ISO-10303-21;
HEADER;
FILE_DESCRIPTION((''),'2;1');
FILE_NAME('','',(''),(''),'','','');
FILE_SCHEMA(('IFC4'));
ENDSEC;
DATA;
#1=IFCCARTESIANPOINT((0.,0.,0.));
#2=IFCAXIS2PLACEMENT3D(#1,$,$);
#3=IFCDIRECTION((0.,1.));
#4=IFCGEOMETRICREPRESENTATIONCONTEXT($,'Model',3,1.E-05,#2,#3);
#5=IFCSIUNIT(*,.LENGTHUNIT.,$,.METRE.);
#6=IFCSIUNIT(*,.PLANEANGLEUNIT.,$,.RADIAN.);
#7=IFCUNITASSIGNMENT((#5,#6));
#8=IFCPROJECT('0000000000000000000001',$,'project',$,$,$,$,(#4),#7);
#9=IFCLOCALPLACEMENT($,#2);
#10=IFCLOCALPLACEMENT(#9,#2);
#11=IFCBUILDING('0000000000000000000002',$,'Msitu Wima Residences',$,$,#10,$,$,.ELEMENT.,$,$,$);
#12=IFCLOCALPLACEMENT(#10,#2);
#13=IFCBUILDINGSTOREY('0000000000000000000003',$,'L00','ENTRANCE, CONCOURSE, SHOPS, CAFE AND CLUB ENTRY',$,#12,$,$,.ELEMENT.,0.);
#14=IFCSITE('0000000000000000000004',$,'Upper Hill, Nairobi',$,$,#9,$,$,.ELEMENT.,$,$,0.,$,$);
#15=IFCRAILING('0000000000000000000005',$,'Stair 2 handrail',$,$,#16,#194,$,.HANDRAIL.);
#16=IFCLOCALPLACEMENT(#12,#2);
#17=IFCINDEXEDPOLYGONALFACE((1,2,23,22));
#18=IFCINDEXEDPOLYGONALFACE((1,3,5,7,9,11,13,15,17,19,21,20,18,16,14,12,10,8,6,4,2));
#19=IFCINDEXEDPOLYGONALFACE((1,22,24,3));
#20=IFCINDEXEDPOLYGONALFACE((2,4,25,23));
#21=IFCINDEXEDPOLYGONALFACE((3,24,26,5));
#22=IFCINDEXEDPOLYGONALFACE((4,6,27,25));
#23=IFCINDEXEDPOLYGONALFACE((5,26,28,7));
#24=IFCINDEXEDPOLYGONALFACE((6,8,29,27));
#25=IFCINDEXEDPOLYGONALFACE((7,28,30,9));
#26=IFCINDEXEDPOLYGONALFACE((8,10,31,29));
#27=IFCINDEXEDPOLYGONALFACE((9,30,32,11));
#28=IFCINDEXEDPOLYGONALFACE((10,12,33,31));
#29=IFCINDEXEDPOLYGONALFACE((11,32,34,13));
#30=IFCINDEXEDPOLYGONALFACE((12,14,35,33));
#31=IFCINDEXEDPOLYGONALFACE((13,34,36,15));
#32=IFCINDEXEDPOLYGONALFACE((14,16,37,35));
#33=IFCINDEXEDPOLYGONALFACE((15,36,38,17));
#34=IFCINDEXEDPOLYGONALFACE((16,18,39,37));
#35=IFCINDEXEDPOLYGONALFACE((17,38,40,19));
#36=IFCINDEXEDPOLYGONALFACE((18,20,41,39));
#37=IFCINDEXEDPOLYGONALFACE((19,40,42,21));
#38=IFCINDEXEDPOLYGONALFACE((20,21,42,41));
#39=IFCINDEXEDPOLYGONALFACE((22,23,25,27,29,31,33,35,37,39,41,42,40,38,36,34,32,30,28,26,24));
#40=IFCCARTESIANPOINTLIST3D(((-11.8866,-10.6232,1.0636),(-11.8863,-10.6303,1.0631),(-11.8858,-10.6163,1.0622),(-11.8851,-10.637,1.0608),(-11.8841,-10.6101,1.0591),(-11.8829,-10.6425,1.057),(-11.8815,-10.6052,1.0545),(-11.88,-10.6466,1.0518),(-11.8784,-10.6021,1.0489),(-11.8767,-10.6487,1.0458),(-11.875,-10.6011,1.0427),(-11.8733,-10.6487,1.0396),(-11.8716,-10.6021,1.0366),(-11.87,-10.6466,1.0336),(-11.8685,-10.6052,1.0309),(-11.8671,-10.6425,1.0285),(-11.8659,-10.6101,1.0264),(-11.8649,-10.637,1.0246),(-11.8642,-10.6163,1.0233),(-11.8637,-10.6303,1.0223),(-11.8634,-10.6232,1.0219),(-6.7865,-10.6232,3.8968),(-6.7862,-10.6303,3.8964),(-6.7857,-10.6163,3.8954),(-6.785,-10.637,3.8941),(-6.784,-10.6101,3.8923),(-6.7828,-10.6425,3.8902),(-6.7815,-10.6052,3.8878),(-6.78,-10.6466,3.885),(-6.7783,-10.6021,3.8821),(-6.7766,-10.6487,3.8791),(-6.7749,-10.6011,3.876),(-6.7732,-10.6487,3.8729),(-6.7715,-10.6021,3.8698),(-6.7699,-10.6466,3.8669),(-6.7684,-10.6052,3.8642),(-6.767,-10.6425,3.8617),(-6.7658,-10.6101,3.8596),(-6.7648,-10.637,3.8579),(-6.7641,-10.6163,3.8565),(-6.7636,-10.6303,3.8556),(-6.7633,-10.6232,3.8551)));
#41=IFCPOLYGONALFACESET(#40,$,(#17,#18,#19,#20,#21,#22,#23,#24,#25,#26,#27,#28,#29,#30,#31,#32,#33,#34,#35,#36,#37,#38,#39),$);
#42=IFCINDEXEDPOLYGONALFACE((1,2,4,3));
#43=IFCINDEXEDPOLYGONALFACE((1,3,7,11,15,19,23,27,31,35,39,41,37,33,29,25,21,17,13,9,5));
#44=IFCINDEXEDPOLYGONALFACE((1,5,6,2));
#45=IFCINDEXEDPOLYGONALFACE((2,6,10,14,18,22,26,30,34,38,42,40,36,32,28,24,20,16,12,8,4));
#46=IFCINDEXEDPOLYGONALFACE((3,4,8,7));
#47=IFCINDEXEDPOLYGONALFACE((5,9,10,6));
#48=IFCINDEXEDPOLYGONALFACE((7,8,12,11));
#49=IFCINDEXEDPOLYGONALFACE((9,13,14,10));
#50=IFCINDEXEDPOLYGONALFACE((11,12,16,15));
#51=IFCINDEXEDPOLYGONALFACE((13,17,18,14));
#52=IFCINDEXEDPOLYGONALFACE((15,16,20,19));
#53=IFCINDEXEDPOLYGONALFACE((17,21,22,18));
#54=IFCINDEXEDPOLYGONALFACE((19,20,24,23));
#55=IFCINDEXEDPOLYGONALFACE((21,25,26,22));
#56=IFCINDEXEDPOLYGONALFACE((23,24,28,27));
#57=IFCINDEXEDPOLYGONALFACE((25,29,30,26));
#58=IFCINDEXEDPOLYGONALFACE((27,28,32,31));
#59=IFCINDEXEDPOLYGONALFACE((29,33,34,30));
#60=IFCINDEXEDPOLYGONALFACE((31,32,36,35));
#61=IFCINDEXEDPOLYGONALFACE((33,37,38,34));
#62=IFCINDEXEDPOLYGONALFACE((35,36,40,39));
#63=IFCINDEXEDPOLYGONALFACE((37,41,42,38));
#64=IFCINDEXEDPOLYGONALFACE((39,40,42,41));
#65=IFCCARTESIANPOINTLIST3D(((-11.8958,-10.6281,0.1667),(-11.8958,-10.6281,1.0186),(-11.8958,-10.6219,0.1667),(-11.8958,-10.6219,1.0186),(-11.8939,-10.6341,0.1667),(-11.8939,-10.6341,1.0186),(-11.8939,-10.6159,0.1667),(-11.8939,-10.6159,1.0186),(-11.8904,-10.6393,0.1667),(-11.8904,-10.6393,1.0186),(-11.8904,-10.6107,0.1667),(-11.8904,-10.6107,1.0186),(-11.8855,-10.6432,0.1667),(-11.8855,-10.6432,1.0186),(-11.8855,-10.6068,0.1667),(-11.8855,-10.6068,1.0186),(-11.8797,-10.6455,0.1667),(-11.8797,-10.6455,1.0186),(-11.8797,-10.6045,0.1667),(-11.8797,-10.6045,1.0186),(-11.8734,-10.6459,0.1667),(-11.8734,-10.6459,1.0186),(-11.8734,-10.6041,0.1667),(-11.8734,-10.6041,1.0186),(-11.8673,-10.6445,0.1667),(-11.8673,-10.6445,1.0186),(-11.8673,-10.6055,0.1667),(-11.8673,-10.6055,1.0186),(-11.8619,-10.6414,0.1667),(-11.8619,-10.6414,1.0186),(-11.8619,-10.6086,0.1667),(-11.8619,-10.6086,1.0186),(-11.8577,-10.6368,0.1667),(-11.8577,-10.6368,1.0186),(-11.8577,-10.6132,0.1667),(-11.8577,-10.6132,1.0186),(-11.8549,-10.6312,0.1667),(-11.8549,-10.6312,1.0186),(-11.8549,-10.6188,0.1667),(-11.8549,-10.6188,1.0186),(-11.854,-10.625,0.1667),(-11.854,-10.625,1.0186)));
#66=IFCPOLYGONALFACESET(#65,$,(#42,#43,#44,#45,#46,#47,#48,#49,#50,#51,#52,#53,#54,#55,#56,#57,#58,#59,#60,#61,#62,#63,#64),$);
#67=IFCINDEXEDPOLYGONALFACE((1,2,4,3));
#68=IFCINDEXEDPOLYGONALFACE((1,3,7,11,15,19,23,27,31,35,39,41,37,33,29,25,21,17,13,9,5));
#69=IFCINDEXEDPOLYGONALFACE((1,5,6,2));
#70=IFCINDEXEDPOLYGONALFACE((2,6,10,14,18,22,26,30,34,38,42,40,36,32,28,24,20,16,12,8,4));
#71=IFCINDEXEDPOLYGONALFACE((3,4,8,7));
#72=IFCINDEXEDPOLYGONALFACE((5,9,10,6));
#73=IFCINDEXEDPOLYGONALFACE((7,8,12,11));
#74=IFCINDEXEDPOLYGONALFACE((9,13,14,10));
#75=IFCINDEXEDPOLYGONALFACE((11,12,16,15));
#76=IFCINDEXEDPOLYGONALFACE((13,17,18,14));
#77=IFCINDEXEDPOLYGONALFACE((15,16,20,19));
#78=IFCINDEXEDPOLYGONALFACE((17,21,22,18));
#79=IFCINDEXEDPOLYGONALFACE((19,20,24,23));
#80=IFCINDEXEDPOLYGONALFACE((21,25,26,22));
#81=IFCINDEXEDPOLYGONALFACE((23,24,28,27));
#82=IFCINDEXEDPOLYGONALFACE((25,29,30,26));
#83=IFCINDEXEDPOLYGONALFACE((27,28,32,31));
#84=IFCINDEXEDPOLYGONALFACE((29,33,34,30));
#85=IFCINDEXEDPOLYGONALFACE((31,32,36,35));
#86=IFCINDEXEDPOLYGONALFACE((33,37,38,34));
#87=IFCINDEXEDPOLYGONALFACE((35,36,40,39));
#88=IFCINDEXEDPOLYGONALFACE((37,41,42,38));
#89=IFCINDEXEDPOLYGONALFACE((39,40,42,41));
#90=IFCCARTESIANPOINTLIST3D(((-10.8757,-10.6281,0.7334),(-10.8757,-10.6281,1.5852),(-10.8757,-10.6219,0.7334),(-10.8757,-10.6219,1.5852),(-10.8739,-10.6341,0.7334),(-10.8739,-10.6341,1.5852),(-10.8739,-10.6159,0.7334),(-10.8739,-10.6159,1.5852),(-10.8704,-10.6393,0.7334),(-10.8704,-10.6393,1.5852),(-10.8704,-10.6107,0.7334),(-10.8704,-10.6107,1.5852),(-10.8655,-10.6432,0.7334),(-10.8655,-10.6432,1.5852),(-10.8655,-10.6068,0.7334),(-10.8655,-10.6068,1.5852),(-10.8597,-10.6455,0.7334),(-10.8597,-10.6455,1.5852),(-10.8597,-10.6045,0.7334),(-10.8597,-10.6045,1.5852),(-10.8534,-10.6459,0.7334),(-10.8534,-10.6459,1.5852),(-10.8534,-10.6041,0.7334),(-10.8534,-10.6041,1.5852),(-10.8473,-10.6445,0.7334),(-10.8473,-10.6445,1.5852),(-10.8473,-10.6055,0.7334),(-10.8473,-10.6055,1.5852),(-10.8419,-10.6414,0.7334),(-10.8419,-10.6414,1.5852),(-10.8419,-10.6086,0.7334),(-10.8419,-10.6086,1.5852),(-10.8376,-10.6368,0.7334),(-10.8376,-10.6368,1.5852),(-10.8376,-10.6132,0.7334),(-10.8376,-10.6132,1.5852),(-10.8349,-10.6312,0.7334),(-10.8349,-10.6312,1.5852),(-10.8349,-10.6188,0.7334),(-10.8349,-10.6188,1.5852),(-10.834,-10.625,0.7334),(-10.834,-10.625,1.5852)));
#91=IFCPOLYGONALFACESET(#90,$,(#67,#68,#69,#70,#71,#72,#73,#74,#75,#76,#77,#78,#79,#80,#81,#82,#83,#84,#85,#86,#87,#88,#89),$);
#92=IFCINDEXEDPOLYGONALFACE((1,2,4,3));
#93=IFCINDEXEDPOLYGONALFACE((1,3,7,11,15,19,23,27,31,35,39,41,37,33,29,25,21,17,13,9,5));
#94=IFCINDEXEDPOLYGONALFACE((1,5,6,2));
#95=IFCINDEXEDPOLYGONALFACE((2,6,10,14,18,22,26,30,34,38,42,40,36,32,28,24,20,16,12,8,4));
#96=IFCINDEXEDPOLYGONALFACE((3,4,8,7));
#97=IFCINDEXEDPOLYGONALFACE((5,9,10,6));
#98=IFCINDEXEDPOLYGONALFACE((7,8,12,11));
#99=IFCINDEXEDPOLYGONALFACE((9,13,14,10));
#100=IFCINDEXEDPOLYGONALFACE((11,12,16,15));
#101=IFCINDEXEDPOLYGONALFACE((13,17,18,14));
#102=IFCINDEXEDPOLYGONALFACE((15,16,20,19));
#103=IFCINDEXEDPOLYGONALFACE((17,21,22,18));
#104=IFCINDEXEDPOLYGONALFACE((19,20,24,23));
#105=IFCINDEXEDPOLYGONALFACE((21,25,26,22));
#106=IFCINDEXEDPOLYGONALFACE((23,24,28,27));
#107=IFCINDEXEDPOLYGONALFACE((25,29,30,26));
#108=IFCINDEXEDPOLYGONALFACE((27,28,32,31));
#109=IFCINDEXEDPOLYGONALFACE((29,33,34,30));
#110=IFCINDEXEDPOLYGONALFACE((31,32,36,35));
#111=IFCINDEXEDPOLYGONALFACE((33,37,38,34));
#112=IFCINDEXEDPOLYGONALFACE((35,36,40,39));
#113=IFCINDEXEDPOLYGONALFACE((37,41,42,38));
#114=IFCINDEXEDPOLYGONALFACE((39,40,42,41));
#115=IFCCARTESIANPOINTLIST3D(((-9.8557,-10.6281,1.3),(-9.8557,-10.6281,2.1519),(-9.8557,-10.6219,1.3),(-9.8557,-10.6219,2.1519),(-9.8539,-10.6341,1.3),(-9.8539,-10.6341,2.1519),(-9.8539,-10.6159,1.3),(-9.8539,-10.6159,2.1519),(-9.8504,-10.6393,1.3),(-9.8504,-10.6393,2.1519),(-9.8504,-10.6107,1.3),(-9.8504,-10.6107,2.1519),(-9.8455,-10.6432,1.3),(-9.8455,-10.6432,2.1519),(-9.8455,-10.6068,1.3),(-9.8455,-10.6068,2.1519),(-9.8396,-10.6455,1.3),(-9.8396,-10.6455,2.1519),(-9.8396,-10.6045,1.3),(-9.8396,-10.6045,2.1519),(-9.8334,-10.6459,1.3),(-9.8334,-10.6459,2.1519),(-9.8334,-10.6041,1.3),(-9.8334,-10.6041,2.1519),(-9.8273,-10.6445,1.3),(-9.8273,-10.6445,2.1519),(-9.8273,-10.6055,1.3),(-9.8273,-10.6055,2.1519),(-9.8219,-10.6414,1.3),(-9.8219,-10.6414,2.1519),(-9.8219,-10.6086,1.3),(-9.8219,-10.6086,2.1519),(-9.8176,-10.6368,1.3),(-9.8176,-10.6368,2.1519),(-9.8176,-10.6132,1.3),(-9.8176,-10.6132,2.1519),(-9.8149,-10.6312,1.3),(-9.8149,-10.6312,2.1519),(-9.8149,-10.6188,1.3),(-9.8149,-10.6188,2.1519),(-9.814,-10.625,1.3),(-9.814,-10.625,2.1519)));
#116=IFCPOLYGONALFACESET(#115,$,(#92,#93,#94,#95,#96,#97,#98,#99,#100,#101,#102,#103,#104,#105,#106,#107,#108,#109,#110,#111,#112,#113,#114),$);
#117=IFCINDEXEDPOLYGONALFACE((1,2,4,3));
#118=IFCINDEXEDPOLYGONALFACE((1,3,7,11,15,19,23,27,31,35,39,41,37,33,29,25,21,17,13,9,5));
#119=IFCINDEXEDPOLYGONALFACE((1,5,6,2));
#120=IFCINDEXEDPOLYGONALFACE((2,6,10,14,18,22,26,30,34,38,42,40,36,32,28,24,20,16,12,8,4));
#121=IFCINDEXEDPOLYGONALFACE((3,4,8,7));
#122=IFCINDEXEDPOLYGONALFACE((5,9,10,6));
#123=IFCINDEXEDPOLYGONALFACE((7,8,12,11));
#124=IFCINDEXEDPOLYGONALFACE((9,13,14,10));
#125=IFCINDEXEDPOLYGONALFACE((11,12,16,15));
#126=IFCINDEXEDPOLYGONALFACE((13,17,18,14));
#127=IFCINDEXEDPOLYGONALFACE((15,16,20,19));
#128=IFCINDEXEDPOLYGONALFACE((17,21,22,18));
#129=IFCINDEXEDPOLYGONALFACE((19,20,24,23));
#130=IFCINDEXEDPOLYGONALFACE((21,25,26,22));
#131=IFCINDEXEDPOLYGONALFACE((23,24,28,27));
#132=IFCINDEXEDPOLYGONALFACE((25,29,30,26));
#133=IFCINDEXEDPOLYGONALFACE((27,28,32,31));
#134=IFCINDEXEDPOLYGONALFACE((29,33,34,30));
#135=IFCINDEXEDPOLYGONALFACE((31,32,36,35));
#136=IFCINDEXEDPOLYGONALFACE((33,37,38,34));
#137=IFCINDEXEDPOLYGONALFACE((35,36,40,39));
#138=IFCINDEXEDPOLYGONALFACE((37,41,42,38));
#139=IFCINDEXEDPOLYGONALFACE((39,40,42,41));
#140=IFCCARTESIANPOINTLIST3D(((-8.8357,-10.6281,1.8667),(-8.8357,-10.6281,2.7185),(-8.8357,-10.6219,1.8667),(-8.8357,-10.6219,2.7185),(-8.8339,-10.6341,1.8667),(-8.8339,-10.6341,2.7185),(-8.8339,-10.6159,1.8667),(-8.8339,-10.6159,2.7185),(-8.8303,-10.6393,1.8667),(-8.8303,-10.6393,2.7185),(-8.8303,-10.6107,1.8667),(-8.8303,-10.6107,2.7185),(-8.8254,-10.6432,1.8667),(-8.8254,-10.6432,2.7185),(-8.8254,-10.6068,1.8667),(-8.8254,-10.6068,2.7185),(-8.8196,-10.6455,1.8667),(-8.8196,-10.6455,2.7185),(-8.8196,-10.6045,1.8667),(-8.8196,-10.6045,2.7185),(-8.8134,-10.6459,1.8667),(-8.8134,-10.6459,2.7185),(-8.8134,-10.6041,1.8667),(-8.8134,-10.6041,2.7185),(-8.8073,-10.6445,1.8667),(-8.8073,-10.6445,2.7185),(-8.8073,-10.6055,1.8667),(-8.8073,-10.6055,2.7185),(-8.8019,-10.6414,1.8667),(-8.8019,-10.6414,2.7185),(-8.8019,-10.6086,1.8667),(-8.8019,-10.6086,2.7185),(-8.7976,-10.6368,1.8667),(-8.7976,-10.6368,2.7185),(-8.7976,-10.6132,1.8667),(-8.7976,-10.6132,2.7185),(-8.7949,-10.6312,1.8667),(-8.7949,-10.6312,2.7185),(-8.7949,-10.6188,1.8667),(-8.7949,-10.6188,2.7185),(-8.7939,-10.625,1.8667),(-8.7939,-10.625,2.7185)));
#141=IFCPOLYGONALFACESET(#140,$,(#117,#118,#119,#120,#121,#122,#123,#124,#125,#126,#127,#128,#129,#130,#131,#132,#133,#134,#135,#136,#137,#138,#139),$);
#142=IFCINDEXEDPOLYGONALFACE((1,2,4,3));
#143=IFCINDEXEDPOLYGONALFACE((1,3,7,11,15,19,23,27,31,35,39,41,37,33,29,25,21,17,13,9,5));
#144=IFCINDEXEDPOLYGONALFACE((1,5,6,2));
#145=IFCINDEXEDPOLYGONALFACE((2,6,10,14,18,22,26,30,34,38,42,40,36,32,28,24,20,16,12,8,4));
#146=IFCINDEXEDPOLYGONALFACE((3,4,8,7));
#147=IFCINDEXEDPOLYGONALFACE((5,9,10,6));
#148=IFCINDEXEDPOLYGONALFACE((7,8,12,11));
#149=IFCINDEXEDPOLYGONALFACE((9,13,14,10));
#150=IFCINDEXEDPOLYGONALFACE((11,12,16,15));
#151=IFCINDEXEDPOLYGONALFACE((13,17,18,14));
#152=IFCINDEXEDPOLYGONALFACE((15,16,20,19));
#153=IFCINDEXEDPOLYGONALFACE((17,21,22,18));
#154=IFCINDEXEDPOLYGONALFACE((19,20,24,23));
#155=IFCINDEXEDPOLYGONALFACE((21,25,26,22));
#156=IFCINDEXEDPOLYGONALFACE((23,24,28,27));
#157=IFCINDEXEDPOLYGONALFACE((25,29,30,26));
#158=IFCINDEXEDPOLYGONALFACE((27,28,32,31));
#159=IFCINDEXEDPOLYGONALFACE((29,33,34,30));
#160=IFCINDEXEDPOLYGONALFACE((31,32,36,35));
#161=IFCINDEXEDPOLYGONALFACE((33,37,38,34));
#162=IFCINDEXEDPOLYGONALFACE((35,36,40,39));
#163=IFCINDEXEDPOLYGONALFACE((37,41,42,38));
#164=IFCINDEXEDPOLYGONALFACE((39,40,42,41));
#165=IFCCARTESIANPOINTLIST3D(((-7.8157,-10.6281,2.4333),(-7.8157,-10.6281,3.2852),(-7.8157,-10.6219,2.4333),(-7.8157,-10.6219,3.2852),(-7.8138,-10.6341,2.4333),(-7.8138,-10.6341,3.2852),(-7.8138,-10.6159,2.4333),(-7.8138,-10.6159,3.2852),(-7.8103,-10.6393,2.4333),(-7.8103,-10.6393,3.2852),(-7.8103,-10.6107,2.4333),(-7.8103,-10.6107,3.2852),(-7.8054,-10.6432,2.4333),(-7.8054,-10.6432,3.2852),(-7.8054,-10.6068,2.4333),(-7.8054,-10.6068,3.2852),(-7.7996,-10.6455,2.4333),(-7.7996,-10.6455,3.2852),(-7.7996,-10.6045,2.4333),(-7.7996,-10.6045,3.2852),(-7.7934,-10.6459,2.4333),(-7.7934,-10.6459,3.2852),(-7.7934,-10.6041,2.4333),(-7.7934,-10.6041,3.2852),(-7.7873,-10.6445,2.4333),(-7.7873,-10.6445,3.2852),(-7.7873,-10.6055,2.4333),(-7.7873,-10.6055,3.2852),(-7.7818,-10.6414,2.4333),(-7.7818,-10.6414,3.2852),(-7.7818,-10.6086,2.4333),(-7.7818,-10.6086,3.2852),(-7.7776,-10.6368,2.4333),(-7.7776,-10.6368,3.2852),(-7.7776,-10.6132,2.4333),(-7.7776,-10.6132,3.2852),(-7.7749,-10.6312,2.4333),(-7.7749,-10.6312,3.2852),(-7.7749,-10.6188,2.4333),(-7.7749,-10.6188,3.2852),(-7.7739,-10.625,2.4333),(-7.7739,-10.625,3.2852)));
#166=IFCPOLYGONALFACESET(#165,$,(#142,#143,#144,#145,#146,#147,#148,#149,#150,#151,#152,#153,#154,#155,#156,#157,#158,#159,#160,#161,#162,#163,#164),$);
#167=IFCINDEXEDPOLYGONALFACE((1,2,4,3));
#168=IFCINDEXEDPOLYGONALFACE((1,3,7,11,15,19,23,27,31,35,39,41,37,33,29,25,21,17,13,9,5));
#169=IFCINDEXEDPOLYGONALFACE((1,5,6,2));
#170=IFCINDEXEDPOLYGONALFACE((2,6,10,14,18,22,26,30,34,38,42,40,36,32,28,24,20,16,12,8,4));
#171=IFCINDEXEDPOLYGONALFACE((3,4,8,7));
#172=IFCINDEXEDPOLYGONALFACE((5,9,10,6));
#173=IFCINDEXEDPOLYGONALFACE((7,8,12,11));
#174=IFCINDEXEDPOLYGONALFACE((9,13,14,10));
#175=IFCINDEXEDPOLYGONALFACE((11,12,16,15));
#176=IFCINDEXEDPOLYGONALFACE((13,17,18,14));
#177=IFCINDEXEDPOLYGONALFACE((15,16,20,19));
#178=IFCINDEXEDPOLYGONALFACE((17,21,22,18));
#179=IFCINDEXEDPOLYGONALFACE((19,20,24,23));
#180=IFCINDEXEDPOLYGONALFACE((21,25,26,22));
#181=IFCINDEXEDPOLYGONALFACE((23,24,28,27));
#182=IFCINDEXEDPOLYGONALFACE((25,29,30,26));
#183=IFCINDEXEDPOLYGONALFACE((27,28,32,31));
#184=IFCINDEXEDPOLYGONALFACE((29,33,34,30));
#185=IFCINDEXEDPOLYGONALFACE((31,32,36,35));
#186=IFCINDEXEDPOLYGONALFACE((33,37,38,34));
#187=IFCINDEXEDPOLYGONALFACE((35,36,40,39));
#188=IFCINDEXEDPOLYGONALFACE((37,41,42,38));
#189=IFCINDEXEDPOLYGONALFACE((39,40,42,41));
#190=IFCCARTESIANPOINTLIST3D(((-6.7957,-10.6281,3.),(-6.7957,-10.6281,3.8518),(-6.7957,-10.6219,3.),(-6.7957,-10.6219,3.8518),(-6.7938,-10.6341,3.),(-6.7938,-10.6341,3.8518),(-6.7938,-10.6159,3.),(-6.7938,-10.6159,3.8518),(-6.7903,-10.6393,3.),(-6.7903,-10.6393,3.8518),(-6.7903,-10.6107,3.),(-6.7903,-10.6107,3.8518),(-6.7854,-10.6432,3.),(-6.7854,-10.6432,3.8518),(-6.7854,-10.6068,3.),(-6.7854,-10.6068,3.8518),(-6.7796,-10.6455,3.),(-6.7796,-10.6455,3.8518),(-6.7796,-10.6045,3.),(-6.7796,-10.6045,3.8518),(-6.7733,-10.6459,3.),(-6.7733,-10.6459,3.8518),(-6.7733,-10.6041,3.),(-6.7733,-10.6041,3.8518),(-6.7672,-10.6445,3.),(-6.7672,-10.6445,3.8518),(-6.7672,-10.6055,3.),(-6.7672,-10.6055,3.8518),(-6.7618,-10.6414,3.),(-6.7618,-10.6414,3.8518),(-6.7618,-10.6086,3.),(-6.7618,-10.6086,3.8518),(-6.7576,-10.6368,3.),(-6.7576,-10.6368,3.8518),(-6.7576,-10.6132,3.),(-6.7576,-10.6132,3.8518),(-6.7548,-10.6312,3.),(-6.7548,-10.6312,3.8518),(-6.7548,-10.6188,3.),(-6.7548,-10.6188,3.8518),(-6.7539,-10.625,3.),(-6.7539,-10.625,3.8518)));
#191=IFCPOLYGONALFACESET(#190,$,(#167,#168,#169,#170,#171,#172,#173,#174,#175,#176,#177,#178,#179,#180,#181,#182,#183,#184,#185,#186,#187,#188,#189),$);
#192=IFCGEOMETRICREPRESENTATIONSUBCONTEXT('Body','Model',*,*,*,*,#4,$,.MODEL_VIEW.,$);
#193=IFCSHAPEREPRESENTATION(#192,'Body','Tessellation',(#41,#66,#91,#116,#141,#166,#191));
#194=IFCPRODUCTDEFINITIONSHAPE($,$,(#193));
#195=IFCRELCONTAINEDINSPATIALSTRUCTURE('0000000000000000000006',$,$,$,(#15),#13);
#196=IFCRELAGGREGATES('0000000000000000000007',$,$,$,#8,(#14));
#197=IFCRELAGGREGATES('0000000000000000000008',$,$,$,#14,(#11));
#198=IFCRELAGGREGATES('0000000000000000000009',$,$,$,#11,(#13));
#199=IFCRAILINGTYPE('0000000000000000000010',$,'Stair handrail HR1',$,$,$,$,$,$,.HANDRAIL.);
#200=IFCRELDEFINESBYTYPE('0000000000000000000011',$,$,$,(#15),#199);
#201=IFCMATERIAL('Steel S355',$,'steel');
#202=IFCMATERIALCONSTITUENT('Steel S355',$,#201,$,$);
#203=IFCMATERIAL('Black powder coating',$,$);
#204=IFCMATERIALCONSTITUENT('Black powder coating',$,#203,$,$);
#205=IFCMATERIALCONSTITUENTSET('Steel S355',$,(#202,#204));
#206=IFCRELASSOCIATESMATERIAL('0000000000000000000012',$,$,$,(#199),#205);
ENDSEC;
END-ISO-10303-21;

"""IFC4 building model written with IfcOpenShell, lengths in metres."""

from ifc_helpers import new_model, si_unit, direction, frame, origin, origin_2d, place, context, subcontext, project, spatial, circle, extrude, material, constituent, constituent_set, type_object, element, save


model = new_model("IFC4")

# Units and contexts
model_context = context("Model", 3, precision=1e-05, world=origin(), true_north=direction((0.0, 1.0)))
body_context = subcontext(model_context, "Body", "Model", "MODEL_VIEW")
ifc_project = project(units=[si_unit("LENGTHUNIT", "METRE"), si_unit("PLANEANGLEUNIT", "RADIAN")], contexts=[model_context])

# Site, building, storey
site_placement = place(None, origin())
site = spatial("IfcSite", under=ifc_project, at=site_placement, Name="Upper Hill, Nairobi", CompositionType="ELEMENT", RefElevation=0.0)
building_placement = place(site_placement, origin())
building = spatial("IfcBuilding", under=site, at=building_placement, Name="Msitu Wima Residences", CompositionType="ELEMENT")
storey_placement = place(building_placement, origin())
storey = spatial("IfcBuildingStorey", under=building, at=storey_placement, Name="L00", Description="ENTRANCE, CONCOURSE, SHOPS, CAFE AND CLUB ENTRY", CompositionType="ELEMENT", Elevation=0.0)

# Railing
ifc_material_1 = material(Name="Steel S355", Category="steel")
ifc_constituent_1 = constituent(ifc_material_1, Name="Steel S355")
ifc_material_2 = material(Name="Black powder coating")
ifc_constituent_2 = constituent(ifc_material_2, Name="Black powder coating")
ifc_constituent_set = constituent_set(constituents=[ifc_constituent_1, ifc_constituent_2], Name="Steel S355")
railing_type = type_object("IfcRailingType", Name="Stair handrail HR1", PredefinedType="HANDRAIL", material=ifc_constituent_set)
for number, where, name in (
    (1, (-11.875, -10.625, 0.1667), "Stair 2 handrail"),
):
    element("IfcRailing", number, at=place(storey_placement, frame(where)), inside=storey, type_object=railing_type, Name=name, PredefinedType="HANDRAIL", context=body_context, shape_type="SweptSolid", body=[
        extrude(circle(Radius=0.0239, at=origin_2d()), frame((0.0, 0.0, 0.876), z_axis=(0.874167, 0.0, 0.485625), x_axis=(0.0, 1.0, 0.0)), (0.0, 0.0, 1.0), 5.8342),
        extrude(circle(Radius=0.021, at=origin_2d()), origin(), (0.0, 0.0, 1.0), 0.8518),
        extrude(circle(Radius=0.021, at=origin_2d()), frame((1.02, 0.0, 0.5667)), (0.0, 0.0, 1.0), 0.8518),
        extrude(circle(Radius=0.021, at=origin_2d()), frame((2.04, 0.0, 1.1333)), (0.0, 0.0, 1.0), 0.8518),
        extrude(circle(Radius=0.021, at=origin_2d()), frame((3.0601, 0.0, 1.7)), (0.0, 0.0, 1.0), 0.8518),
        extrude(circle(Radius=0.021, at=origin_2d()), frame((4.0801, 0.0, 2.2666)), (0.0, 0.0, 1.0), 0.8518),
        extrude(circle(Radius=0.021, at=origin_2d()), frame((5.1001, 0.0, 2.8333)), (0.0, 0.0, 1.0), 0.8518),
    ])

save(model, "model.ifc")
